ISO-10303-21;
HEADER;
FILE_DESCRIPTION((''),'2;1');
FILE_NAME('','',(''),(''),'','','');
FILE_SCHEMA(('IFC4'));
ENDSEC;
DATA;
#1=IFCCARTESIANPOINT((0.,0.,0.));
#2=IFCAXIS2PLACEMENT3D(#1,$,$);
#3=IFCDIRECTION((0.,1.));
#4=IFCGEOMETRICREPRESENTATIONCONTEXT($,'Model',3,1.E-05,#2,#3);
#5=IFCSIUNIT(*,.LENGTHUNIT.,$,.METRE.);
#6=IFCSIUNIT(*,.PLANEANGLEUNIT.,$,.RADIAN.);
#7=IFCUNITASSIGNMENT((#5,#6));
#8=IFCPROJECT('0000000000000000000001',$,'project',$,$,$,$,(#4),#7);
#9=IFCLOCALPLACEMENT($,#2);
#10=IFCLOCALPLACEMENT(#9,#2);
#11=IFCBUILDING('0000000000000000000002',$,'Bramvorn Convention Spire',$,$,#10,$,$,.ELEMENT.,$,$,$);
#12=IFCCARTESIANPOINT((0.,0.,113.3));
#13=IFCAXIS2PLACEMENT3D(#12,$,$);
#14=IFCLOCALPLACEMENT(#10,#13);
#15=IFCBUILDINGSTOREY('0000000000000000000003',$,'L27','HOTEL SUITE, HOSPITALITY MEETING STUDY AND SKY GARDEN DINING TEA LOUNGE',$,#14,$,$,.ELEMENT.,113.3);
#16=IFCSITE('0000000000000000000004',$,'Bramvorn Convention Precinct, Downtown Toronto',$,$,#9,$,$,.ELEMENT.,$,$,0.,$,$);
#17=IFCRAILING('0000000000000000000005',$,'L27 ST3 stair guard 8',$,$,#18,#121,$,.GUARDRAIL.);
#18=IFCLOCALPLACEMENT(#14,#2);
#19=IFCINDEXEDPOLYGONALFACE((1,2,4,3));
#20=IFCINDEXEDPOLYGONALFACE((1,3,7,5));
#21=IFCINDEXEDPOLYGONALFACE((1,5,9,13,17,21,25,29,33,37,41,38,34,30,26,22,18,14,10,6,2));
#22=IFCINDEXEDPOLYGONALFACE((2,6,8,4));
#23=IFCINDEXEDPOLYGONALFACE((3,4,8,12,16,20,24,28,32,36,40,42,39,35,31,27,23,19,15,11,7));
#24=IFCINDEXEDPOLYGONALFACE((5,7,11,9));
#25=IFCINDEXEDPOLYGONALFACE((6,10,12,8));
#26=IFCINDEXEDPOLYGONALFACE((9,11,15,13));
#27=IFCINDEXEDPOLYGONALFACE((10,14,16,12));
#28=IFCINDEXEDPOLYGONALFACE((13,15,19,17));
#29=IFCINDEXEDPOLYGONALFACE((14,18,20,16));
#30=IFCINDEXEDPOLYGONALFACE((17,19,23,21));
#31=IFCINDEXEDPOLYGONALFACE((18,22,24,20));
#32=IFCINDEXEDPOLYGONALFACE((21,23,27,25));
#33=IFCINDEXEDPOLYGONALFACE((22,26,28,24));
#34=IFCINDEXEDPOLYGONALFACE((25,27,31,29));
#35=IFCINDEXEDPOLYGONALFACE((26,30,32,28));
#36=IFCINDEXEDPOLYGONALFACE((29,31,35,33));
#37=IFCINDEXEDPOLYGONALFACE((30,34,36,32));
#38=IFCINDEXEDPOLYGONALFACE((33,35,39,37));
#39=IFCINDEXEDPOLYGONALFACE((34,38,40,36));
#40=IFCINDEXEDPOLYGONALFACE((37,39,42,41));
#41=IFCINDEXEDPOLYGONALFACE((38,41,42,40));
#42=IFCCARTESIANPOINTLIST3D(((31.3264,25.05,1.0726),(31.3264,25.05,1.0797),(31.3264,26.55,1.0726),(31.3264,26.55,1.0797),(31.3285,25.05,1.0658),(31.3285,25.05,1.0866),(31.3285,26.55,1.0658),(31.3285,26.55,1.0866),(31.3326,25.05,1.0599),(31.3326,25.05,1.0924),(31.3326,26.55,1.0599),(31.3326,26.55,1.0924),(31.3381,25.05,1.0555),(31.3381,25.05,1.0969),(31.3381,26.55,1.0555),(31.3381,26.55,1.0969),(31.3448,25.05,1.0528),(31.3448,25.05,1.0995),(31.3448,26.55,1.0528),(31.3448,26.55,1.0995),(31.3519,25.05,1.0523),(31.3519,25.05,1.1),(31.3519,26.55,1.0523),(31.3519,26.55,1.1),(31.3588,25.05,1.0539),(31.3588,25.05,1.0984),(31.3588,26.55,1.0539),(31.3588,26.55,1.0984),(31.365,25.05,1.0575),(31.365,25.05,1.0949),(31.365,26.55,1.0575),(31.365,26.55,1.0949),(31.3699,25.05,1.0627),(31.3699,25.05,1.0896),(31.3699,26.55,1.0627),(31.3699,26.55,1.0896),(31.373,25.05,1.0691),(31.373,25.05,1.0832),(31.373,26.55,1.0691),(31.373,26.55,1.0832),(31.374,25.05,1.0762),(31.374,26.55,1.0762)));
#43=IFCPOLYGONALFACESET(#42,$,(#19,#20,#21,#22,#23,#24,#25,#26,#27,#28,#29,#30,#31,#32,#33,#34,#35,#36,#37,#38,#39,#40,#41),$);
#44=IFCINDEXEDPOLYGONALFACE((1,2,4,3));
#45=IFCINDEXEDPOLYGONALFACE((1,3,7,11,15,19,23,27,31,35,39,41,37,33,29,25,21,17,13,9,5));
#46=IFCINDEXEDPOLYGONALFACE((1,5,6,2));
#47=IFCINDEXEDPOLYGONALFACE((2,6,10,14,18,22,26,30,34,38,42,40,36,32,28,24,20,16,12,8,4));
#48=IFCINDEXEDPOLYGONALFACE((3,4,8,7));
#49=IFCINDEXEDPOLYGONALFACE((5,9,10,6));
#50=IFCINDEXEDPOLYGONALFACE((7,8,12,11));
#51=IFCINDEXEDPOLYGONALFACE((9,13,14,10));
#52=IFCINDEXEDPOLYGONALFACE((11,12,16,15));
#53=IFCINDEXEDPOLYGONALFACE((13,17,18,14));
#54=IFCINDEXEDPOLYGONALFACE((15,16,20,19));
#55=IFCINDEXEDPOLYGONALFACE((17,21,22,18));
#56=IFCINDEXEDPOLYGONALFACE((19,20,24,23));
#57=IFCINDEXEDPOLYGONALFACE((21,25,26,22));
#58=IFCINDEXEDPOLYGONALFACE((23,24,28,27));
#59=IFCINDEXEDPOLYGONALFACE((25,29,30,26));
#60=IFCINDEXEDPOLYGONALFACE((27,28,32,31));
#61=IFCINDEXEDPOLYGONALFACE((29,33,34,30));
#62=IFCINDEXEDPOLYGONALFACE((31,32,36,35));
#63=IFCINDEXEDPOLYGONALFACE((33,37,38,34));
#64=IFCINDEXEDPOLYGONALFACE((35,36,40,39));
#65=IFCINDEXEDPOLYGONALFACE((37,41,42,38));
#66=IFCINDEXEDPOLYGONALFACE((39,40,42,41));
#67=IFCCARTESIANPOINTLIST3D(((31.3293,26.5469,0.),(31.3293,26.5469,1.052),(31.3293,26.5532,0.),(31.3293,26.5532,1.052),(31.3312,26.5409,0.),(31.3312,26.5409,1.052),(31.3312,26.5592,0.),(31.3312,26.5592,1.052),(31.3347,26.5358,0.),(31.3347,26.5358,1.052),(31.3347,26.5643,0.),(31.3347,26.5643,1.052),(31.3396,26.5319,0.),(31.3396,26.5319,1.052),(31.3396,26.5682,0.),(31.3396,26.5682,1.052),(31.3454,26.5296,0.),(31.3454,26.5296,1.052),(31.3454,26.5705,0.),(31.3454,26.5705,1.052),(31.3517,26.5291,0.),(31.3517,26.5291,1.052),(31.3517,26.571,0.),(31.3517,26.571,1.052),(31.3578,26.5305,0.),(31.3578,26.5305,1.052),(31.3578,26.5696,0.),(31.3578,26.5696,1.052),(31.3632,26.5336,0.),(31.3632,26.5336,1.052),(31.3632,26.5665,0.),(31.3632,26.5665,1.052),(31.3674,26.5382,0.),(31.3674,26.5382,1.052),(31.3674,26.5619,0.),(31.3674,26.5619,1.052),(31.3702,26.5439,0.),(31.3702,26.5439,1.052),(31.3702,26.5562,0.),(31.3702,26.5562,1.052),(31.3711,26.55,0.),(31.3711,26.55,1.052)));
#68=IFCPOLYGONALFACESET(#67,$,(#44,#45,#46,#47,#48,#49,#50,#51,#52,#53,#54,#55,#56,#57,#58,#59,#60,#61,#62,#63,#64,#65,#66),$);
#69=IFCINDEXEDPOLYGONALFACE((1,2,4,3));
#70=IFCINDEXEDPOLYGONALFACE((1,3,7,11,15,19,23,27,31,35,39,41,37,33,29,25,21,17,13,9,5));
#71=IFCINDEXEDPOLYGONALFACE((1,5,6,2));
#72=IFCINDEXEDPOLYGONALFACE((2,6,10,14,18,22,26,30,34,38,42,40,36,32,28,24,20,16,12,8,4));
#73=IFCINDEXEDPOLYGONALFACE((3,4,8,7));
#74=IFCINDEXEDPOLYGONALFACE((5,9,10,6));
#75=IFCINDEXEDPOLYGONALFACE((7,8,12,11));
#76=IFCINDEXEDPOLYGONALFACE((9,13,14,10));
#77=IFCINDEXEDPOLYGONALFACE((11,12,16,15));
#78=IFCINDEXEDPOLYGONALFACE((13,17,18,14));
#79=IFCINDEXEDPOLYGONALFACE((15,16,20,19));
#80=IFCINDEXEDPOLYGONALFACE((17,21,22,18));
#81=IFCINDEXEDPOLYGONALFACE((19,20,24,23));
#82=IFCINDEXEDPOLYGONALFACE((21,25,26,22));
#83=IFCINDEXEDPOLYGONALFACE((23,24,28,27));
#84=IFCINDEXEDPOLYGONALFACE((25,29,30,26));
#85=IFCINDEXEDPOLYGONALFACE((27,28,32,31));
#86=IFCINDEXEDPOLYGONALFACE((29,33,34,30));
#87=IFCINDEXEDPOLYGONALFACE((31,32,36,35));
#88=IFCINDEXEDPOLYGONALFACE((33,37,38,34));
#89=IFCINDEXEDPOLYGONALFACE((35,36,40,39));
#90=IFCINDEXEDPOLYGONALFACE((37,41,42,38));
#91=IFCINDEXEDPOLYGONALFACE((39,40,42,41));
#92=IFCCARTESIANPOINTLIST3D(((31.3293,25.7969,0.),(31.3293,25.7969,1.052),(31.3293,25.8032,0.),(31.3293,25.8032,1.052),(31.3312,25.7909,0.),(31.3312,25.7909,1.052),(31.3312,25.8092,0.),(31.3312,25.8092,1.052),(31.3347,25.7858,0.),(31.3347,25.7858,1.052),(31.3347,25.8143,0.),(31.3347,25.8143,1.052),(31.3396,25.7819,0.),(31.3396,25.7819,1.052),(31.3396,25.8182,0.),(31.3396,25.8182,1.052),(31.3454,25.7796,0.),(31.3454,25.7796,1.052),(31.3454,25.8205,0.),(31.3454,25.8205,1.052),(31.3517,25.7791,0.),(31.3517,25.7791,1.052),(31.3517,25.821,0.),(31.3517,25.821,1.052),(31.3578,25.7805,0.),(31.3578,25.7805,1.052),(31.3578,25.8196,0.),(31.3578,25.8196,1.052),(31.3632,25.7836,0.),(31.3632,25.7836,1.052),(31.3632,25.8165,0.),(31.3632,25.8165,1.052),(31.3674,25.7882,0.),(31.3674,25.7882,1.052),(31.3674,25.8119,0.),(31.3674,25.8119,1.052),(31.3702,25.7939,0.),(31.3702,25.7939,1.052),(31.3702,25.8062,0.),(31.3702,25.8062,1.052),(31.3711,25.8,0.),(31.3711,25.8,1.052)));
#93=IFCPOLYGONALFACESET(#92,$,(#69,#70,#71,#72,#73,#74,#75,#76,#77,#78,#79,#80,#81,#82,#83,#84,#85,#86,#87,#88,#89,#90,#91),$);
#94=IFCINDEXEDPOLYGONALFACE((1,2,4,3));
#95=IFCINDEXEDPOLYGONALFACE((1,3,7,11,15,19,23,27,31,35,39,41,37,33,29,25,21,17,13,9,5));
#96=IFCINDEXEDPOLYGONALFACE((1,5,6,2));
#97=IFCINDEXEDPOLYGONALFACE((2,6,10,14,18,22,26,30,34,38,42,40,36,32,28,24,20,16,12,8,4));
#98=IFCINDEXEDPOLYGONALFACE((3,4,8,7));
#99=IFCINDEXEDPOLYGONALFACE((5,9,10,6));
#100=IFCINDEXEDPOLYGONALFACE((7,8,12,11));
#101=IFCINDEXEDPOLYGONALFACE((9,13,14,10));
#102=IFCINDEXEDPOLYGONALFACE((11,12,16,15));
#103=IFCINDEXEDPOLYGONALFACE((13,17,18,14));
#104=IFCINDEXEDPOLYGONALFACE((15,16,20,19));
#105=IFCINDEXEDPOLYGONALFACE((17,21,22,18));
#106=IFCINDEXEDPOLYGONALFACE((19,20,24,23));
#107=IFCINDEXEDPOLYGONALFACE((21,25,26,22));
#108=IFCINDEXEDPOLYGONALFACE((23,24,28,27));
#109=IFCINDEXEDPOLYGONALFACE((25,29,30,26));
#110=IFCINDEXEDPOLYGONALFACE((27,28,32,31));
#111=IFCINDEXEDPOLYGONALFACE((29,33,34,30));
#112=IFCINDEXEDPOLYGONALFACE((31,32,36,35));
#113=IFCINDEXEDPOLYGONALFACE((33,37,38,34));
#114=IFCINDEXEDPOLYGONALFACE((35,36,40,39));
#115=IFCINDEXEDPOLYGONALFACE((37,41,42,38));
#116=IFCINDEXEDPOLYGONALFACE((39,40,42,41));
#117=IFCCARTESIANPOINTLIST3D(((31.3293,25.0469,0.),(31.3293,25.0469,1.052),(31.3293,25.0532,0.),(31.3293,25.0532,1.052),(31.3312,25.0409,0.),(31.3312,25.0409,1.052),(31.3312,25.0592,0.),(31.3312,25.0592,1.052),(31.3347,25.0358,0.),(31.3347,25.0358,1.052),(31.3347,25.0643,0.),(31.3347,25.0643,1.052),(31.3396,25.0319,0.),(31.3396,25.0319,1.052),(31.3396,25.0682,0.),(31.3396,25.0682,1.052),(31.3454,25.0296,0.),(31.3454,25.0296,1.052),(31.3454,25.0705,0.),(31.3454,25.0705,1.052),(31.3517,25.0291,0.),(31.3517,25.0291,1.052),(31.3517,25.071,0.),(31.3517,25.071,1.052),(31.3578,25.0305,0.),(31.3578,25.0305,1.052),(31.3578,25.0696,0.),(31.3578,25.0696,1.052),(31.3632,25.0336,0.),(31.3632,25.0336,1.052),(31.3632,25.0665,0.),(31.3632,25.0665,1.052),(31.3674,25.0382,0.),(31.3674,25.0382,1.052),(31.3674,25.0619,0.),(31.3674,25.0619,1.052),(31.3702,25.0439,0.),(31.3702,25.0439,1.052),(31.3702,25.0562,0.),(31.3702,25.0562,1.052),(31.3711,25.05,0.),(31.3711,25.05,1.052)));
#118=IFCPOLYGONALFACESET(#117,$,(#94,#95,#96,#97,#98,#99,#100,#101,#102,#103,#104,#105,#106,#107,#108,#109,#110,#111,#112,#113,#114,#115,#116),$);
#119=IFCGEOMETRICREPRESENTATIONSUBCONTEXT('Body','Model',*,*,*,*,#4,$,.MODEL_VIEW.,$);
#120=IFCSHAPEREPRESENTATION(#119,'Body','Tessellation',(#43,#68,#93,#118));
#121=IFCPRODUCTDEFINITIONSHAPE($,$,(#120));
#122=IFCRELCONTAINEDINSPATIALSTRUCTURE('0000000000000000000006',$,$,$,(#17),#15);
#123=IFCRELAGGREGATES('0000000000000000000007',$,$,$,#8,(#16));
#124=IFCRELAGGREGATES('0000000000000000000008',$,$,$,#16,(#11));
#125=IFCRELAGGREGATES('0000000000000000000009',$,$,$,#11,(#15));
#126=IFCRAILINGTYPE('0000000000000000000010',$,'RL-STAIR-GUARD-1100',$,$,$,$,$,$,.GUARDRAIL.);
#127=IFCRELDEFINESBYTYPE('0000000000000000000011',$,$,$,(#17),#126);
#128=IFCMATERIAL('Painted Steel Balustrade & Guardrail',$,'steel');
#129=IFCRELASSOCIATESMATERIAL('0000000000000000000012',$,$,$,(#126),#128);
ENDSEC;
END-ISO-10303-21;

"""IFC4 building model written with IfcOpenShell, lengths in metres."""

from ifc_helpers import new_model, si_unit, direction, frame, origin, origin_2d, place, context, subcontext, project, spatial, circle, extrude, material, type_object, element, save


model = new_model("IFC4")

# Units and contexts
model_context = context("Model", 3, precision=1e-05, world=origin(), true_north=direction((0.0, 1.0)))
body_context = subcontext(model_context, "Body", "Model", "MODEL_VIEW")
ifc_project = project(units=[si_unit("LENGTHUNIT", "METRE"), si_unit("PLANEANGLEUNIT", "RADIAN")], contexts=[model_context])

# Site, building, storey
site_placement = place(None, origin())
site = spatial("IfcSite", under=ifc_project, at=site_placement, Name="Bramvorn Convention Precinct, Downtown Toronto", CompositionType="ELEMENT", RefElevation=0.0)
building_placement = place(site_placement, origin())
building = spatial("IfcBuilding", under=site, at=building_placement, Name="Bramvorn Convention Spire", CompositionType="ELEMENT")
storey_placement = place(building_placement, frame((0.0, 0.0, 113.3)))
storey = spatial("IfcBuildingStorey", under=building, at=storey_placement, Name="L27", Description="HOTEL SUITE, HOSPITALITY MEETING STUDY AND SKY GARDEN DINING TEA LOUNGE", CompositionType="ELEMENT", Elevation=113.3)

# Railing
ifc_material_1 = material(Name="Painted Steel Balustrade & Guardrail", Category="steel")
railing_type = type_object("IfcRailingType", Name="RL-STAIR-GUARD-1100", PredefinedType="GUARDRAIL", material=ifc_material_1)
railing_1_placement = place(storey_placement, frame((31.3501, 26.55, 0.0)))
element("IfcRailing", 1, at=railing_1_placement, inside=storey, type_object=railing_type, Name="L27 ST3 stair guard 8", PredefinedType="GUARDRAIL", context=body_context, shape_type="SweptSolid", body=[
    extrude(circle(Radius=0.0239, at=origin_2d()), frame((0.0, 0.0, 1.0762), z_axis=(0.0, -1.0, 0.0), x_axis=(1.0, 0.0, 0.0)), (0.0, 0.0, 1.0), 1.5),
    extrude(circle(Radius=0.021, at=origin_2d()), origin(), (0.0, 0.0, 1.0), 1.052),
    extrude(circle(Radius=0.021, at=origin_2d()), frame((0.0, -0.75, 0.0)), (0.0, 0.0, 1.0), 1.052),
    extrude(circle(Radius=0.021, at=origin_2d()), frame((0.0, -1.5, 0.0)), (0.0, 0.0, 1.0), 1.052),
])

save(model, "model.ifc")
